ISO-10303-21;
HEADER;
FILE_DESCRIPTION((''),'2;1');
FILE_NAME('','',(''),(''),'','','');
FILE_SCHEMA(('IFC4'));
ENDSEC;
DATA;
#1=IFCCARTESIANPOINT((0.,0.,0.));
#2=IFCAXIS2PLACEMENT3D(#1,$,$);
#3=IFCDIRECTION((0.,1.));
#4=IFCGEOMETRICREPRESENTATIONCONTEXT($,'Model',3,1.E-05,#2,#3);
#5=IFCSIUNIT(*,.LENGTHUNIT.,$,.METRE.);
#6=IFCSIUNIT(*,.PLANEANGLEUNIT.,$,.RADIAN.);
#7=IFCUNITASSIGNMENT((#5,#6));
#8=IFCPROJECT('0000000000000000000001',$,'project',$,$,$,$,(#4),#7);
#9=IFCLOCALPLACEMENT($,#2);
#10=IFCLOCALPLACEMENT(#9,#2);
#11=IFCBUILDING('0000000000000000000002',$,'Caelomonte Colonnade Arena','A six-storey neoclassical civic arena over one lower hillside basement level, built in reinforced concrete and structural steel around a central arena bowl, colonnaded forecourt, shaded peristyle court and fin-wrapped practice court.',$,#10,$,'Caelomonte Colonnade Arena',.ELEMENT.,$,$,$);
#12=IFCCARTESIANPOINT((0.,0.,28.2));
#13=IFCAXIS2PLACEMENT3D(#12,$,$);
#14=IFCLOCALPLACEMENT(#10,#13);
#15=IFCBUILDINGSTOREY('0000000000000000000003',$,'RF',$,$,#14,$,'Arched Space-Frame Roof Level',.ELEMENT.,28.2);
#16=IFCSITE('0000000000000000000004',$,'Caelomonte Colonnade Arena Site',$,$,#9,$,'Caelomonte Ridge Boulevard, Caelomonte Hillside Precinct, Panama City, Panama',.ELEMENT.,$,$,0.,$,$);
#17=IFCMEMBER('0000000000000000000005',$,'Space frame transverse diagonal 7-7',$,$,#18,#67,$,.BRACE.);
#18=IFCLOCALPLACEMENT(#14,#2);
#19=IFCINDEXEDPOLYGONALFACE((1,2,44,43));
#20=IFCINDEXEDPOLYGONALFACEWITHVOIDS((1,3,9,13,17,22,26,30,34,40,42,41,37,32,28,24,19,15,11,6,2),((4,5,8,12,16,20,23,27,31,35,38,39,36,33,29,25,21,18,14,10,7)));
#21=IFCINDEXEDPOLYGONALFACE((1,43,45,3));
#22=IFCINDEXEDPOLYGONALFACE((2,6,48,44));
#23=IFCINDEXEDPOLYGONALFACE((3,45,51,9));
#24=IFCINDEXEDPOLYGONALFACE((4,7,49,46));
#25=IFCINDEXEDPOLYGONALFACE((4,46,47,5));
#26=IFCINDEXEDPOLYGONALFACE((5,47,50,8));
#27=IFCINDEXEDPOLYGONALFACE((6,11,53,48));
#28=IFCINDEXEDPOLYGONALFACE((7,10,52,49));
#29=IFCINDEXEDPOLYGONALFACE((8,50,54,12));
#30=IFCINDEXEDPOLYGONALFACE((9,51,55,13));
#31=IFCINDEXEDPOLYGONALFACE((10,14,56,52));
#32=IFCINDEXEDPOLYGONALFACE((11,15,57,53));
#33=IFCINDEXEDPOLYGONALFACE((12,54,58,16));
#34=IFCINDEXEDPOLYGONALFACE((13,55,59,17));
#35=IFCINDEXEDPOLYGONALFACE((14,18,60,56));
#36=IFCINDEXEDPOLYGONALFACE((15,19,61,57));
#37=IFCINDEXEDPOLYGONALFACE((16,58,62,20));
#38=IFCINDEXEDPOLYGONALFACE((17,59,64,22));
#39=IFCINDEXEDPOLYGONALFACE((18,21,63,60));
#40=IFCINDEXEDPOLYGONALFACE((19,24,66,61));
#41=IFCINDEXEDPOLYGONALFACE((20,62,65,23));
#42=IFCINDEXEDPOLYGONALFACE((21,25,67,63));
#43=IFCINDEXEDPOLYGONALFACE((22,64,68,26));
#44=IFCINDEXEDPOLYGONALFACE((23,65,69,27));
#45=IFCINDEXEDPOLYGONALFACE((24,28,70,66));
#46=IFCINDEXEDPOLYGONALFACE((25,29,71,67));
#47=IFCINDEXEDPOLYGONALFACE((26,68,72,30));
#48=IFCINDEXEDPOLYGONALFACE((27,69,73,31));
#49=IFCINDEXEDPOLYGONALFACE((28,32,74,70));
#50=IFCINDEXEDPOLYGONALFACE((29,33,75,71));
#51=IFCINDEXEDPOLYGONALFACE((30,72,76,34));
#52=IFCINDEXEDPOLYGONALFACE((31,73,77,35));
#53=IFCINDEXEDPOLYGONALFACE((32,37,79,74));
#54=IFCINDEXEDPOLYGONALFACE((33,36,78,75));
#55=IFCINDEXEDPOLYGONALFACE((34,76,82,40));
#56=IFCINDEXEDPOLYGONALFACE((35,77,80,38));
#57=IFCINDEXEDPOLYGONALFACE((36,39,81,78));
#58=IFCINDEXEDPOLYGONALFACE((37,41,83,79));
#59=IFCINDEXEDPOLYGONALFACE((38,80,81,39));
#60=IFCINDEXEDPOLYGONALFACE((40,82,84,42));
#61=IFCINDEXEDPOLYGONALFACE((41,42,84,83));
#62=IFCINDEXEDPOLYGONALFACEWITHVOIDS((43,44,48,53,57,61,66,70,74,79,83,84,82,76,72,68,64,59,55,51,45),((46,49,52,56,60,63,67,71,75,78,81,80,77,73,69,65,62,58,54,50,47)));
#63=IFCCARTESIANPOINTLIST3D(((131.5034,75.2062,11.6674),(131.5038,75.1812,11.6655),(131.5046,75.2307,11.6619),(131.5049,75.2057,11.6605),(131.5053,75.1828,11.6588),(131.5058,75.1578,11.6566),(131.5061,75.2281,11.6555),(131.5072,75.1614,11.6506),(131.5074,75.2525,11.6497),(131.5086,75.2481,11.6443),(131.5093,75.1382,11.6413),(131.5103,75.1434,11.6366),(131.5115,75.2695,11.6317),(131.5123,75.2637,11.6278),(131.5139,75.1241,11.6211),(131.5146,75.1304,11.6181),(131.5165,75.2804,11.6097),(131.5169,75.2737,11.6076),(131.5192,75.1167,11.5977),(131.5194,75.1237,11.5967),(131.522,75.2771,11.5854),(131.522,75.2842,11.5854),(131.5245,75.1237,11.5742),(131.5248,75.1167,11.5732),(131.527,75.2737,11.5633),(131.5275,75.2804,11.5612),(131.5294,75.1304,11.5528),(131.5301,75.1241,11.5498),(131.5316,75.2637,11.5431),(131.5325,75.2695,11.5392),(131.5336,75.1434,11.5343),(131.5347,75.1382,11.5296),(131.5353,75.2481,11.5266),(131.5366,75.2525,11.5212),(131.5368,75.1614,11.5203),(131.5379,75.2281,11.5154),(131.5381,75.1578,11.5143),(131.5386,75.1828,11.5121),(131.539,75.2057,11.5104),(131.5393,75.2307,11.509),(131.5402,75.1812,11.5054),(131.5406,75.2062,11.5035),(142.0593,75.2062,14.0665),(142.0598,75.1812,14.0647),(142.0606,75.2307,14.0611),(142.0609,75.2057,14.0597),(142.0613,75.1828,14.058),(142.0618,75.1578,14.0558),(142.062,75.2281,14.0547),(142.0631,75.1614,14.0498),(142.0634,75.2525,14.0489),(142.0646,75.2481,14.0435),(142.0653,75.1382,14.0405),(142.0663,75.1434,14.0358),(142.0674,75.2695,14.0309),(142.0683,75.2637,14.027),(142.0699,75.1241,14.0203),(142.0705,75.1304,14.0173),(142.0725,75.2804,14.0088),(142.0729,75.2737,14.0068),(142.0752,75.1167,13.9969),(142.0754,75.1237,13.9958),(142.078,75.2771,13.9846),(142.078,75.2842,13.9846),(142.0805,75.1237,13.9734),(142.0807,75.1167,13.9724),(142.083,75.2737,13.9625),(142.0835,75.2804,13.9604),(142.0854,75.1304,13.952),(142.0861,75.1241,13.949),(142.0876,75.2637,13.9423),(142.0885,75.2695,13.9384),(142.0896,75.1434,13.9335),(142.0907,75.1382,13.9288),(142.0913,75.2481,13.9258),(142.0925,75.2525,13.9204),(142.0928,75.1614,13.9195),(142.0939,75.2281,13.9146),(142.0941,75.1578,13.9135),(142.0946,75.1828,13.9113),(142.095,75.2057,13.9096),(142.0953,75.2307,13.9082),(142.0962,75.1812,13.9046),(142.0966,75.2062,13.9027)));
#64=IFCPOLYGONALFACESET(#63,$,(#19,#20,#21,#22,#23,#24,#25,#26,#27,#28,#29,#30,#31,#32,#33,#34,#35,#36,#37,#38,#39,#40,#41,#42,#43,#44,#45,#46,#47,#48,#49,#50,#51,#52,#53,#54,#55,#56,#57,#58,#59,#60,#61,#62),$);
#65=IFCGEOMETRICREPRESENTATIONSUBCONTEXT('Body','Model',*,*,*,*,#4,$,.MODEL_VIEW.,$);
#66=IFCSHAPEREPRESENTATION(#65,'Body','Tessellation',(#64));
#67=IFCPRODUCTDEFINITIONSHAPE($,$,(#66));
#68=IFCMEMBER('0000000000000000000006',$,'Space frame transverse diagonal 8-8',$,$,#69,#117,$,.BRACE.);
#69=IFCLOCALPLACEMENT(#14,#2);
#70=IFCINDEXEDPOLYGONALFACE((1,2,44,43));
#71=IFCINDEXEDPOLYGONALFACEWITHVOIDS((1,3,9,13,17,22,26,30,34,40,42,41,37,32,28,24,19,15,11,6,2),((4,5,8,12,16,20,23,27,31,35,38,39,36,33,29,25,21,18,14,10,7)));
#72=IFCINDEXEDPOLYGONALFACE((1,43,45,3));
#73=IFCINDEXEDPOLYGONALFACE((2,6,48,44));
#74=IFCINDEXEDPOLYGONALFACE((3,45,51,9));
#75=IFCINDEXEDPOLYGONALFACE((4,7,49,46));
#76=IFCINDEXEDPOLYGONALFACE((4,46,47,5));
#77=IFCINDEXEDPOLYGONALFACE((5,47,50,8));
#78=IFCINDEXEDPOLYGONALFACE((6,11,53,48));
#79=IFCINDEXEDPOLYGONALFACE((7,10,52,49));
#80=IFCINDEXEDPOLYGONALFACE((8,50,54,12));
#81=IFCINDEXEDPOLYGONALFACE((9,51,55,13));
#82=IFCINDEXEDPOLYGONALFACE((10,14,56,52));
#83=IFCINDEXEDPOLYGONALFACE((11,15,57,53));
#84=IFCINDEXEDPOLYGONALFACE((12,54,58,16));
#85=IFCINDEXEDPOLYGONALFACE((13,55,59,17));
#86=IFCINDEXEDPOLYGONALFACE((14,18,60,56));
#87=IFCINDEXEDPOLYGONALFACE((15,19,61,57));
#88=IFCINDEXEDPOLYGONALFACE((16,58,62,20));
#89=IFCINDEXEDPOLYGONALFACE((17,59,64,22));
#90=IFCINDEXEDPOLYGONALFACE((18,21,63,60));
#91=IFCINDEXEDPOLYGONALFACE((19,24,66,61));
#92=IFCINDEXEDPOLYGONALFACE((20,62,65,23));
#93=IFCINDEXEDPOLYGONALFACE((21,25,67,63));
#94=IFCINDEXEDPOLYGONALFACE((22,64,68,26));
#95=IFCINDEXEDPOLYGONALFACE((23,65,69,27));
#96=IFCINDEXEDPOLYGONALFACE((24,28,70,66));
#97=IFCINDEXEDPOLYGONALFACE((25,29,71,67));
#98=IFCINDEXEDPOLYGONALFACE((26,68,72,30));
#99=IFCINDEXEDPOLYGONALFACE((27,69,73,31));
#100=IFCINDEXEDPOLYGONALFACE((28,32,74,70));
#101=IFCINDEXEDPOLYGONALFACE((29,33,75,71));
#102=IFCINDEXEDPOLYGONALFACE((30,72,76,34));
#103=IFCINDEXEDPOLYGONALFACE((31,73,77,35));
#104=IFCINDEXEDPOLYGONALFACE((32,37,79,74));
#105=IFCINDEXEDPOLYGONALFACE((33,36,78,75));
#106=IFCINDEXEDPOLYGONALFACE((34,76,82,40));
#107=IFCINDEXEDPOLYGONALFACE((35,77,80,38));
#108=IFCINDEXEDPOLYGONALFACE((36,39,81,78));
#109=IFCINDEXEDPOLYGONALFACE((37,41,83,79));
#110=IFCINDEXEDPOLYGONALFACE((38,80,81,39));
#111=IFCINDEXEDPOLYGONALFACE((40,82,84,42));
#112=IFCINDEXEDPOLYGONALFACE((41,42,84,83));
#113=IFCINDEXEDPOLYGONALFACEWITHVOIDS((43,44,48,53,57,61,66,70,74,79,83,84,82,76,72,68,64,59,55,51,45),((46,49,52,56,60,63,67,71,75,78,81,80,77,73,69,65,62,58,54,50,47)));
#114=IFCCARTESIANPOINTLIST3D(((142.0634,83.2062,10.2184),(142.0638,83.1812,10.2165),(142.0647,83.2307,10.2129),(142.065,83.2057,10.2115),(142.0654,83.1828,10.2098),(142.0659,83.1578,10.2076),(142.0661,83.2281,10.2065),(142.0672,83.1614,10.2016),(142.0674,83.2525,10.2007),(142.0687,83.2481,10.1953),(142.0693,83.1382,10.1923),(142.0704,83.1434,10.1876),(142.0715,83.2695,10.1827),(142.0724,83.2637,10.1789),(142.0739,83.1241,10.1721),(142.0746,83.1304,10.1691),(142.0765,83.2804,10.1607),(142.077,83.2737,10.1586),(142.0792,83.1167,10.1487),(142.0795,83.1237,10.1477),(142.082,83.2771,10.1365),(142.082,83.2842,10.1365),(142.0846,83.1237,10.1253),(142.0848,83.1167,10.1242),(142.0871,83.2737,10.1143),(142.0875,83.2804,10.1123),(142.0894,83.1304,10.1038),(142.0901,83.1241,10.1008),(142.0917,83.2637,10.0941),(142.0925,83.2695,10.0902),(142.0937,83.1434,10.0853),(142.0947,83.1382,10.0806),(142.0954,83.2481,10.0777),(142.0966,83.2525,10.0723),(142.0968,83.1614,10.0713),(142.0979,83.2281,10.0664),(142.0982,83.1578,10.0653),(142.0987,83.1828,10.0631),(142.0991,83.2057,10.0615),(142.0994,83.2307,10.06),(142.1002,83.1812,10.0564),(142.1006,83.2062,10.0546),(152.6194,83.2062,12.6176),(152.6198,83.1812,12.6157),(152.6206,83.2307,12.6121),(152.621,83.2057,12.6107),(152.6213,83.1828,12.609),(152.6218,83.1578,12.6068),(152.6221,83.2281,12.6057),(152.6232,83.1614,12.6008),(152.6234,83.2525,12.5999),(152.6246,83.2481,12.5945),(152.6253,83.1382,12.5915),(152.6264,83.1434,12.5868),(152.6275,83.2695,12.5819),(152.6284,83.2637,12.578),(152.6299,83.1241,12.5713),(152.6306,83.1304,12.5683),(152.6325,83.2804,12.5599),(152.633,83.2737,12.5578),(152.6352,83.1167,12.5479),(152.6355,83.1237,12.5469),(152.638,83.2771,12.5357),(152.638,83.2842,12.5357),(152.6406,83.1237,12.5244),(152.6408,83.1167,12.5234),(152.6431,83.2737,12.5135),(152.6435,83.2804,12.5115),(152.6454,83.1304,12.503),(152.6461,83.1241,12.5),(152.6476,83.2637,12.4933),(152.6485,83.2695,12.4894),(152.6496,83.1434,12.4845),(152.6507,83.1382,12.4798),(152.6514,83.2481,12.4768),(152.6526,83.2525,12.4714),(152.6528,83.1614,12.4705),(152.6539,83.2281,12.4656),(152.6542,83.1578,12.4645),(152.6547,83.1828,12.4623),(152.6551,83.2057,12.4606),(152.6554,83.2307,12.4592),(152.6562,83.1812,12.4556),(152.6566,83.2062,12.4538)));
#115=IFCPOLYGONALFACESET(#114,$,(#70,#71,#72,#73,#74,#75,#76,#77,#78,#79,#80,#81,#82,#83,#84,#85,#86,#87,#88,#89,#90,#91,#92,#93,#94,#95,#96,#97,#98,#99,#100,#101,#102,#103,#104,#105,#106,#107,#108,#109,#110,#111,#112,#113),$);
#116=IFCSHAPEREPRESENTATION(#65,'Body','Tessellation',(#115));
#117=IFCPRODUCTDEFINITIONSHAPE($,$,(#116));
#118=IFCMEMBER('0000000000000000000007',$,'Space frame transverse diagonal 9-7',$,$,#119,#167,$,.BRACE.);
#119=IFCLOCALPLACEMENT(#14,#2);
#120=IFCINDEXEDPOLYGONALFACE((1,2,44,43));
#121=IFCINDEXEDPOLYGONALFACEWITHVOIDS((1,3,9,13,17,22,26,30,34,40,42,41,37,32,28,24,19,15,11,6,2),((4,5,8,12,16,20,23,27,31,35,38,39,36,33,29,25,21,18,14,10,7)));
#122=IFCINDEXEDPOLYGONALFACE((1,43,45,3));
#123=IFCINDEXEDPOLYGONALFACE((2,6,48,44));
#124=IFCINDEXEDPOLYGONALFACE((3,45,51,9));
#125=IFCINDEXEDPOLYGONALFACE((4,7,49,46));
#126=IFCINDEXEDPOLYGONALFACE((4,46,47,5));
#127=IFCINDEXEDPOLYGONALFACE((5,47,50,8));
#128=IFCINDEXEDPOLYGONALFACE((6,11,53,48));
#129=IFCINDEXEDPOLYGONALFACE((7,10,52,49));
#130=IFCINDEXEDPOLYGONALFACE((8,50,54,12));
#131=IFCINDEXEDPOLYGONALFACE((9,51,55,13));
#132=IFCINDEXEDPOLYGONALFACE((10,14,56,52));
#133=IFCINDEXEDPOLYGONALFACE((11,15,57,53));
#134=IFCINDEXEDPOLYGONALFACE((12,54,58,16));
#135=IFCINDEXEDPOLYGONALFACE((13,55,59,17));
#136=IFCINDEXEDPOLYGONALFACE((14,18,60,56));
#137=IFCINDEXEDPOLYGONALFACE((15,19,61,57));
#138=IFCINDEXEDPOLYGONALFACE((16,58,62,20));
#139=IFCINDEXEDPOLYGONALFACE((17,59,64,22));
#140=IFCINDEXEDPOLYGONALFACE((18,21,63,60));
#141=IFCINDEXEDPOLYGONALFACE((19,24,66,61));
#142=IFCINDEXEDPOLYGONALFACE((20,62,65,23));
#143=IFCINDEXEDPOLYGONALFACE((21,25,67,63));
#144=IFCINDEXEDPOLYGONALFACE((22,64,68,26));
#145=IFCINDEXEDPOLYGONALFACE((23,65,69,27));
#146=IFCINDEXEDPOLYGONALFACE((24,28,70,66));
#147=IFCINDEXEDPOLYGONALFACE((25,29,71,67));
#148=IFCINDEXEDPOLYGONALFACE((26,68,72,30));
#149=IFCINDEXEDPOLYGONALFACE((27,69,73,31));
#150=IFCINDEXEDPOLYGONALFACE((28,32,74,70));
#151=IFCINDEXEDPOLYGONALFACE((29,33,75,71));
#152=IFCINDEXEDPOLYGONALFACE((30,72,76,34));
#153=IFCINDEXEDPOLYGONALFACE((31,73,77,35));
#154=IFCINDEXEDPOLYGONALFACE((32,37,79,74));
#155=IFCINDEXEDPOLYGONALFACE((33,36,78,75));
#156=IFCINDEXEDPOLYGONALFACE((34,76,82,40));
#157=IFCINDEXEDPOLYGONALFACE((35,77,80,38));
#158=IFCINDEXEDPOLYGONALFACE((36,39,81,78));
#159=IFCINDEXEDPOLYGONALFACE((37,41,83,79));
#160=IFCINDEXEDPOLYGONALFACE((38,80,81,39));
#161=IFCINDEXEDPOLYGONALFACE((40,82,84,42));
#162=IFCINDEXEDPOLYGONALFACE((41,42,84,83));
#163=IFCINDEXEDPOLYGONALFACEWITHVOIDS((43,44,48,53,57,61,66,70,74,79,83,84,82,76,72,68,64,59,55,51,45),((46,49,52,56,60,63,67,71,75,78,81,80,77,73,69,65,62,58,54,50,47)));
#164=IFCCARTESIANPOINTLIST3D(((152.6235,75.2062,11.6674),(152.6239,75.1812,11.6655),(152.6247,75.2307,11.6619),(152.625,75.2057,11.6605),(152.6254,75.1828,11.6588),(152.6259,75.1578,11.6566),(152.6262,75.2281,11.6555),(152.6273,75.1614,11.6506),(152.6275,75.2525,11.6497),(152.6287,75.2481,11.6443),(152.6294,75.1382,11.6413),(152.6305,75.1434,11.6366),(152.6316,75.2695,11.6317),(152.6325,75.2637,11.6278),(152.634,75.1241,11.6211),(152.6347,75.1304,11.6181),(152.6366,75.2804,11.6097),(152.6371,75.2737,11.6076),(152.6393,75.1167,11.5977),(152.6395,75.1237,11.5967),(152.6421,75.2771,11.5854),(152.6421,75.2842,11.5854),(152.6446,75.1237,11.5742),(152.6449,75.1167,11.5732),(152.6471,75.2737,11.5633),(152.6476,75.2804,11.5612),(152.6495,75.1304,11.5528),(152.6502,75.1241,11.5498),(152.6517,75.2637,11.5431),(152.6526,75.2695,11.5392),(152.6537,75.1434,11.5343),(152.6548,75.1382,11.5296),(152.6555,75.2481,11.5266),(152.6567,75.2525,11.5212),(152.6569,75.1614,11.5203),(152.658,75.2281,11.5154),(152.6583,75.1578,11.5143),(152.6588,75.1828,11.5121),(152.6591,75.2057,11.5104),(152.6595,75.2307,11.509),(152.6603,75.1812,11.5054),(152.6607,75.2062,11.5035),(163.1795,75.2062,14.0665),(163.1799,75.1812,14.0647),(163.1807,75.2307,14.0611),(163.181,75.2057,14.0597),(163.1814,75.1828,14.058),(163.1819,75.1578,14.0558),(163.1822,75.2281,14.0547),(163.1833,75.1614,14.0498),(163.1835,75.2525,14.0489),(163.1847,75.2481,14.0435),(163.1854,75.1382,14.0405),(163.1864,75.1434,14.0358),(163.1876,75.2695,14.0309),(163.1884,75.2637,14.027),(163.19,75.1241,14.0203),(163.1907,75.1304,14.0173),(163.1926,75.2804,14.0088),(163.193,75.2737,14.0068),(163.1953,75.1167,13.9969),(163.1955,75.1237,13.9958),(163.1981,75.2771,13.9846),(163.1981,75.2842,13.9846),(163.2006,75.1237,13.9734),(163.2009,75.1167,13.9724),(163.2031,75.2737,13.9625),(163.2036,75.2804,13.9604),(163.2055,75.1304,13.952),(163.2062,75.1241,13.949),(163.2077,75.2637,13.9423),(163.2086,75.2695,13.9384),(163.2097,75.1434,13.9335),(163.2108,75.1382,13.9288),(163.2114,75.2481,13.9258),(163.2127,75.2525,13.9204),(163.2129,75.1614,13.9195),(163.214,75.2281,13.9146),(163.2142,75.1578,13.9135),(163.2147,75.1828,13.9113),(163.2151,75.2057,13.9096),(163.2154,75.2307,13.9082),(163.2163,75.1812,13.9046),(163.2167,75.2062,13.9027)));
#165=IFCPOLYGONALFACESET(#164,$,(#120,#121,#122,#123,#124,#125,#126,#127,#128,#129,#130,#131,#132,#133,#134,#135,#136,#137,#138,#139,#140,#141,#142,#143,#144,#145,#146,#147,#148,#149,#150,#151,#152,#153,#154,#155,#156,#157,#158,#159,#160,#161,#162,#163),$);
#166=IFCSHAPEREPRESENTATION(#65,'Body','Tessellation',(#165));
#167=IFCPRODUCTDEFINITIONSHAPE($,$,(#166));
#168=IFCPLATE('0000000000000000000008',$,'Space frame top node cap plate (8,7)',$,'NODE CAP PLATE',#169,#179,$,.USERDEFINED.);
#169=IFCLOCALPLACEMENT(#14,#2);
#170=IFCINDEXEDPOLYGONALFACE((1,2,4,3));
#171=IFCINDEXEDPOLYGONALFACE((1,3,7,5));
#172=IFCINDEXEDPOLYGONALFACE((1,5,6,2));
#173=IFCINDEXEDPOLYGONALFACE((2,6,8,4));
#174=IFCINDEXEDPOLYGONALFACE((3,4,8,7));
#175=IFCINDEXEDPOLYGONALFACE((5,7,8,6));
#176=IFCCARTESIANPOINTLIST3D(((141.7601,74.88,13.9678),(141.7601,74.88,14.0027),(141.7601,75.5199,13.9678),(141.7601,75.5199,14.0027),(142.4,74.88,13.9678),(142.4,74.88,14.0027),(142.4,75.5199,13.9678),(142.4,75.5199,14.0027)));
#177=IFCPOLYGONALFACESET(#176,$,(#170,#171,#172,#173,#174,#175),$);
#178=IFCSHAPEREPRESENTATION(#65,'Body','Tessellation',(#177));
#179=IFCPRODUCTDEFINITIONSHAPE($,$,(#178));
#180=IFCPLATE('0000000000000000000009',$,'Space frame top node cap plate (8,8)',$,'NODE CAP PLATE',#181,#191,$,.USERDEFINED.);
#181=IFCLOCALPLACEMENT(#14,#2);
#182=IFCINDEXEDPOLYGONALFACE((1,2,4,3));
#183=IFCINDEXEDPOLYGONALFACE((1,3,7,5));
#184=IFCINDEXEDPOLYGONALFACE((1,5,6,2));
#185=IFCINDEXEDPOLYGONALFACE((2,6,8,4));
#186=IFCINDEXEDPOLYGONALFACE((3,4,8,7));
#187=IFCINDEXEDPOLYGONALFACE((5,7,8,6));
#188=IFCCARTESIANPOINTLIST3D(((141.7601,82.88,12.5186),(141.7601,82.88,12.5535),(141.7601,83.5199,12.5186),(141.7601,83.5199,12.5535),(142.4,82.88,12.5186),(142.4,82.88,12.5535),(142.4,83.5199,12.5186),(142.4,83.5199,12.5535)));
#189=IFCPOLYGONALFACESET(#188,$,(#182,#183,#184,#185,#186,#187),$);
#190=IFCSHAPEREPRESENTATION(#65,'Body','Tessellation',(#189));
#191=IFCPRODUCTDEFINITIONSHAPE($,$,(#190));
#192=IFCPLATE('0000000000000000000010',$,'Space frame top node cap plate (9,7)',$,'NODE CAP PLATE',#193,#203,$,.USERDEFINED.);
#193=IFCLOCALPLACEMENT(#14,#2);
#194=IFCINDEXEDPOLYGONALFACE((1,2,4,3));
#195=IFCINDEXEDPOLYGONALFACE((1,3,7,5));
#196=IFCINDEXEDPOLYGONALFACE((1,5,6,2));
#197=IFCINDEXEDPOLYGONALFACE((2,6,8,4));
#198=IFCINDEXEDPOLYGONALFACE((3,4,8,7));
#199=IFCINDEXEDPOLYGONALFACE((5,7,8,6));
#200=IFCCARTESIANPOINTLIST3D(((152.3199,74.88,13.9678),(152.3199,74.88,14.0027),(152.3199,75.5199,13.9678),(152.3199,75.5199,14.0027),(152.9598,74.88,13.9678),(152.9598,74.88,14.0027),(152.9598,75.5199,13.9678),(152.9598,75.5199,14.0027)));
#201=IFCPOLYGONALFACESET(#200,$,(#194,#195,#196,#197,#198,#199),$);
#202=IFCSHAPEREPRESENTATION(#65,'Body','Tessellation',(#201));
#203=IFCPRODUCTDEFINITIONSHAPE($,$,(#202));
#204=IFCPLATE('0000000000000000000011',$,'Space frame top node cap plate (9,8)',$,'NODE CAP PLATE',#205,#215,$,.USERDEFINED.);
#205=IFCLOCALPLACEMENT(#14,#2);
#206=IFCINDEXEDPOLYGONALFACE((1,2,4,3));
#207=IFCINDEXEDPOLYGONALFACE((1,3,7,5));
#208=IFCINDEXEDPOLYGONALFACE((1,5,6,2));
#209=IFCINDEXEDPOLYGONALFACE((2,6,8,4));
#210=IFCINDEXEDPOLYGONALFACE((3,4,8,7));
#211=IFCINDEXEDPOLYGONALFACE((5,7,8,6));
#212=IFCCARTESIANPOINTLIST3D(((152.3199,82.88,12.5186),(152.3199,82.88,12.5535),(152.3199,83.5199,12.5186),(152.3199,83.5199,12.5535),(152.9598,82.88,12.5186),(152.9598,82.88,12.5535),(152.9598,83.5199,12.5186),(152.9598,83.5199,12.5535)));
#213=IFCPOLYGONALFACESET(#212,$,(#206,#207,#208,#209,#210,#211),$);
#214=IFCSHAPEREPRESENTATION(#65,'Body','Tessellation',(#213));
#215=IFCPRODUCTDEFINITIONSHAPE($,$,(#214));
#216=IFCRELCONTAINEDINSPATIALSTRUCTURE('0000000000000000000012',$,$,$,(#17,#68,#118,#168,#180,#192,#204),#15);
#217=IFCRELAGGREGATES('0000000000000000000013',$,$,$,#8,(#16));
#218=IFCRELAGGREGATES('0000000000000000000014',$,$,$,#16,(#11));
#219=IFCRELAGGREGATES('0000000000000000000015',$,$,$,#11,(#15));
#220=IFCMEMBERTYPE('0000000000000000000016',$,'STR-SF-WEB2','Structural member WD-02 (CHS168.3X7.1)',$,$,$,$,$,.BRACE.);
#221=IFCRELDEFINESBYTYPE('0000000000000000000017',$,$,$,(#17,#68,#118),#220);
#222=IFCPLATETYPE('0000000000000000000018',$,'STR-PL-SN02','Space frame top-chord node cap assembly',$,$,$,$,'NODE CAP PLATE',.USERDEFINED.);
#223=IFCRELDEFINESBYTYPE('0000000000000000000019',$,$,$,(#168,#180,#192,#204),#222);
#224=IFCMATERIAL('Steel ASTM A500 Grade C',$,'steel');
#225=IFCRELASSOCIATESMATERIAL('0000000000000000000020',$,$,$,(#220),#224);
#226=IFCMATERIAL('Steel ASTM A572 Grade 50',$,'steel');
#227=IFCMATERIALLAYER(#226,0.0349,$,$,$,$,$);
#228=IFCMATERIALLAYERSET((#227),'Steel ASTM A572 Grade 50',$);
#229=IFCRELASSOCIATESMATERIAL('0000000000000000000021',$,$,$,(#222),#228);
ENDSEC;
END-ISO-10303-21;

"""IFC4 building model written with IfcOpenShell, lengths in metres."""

from ifc_helpers import new_model, si_unit, direction, frame, origin, origin_2d, place, context, subcontext, project, spatial, rectangle, hollow_circle, extrude, material, layer, layer_set, material_profile, profile_set, type_object, element, save


model = new_model("IFC4")

# Units and contexts
model_context = context("Model", 3, precision=1e-05, world=origin(), true_north=direction((0.0, 1.0)))
body_context = subcontext(model_context, "Body", "Model", "MODEL_VIEW")
ifc_project = project(units=[si_unit("LENGTHUNIT", "METRE"), si_unit("PLANEANGLEUNIT", "RADIAN")], contexts=[model_context])

# Site, building, storey
site_placement = place(None, origin())
site = spatial("IfcSite", under=ifc_project, at=site_placement, Name="Caelomonte Colonnade Arena Site", LongName="Caelomonte Ridge Boulevard, Caelomonte Hillside Precinct, Panama City, Panama", CompositionType="ELEMENT", RefElevation=0.0)
building_placement = place(site_placement, origin())
building = spatial("IfcBuilding", under=site, at=building_placement, Name="Caelomonte Colonnade Arena", Description="A six-storey neoclassical civic arena over one lower hillside basement level, built in reinforced concrete and structural steel around a central arena bowl, colonnaded forecourt, shaded peristyle court and fin-wrapped practice court.", LongName="Caelomonte Colonnade Arena", CompositionType="ELEMENT")
storey_placement = place(building_placement, frame((0.0, 0.0, 28.2)))
storey = spatial("IfcBuildingStorey", under=building, at=storey_placement, Name="RF", LongName="Arched Space-Frame Roof Level", CompositionType="ELEMENT", Elevation=28.2)

# Members
ifc_material_1 = material(Name="Steel ASTM A500 Grade C", Category="steel")
ifc_material_profile_1 = material_profile(ifc_material_1, hollow_circle(Radius=0.0842, WallThickness=0.0071, at=origin_2d()), Name="CHS168.3X7.1")
ifc_profile_set_1 = profile_set([ifc_material_profile_1], Name="Steel ASTM A500 Grade C")
member_type_1 = type_object("IfcMemberType", Name="STR-SF-WEB2", Description="Structural member WD-02 (CHS168.3X7.1)", PredefinedType="BRACE", material=ifc_profile_set_1)
for number, where, z_axis, x_axis, name in (
    (1, (131.522, 75.2, 11.5854), (0.975131, 0.0, 0.22163), (0.0, 1.0, 0.0), "Space frame transverse diagonal 7-7"),
    (2, (142.082, 83.2, 10.1365), (0.975131, 0.0, 0.22163), (0.0, 1.0, 0.0), "Space frame transverse diagonal 8-8"),
    (3, (152.6421, 75.2, 11.5854), (0.975131, 0.0, 0.22163), (0.0, 1.0, 0.0), "Space frame transverse diagonal 9-7"),
):
    element("IfcMember", number, at=place(storey_placement, frame(where, z_axis=z_axis, x_axis=x_axis)), inside=storey, type_object=member_type_1, Name=name, PredefinedType="BRACE", context=body_context, shape_type="SweptSolid", body=[
        extrude(hollow_circle(Radius=0.0842, WallThickness=0.0071, at=origin_2d()), origin(), (0.0, 0.0, 1.0), 10.8252),
    ])

# Plates
ifc_material_2 = material(Name="Steel ASTM A572 Grade 50", Category="steel")
ifc_layer_1 = layer(ifc_material_2, 0.0349)
ifc_layer_set_1 = layer_set([ifc_layer_1], Name="Steel ASTM A572 Grade 50")
plate_type_1 = type_object("IfcPlateType", Name="STR-PL-SN02", Description="Space frame top-chord node cap assembly", ElementType="NODE CAP PLATE", PredefinedType="USERDEFINED", material=ifc_layer_set_1)
for number, where, z_axis, x_axis, name in (
    (4, (142.0801, 75.2, 13.9678), (0.0, 0.0, 1.0), (1.0, 0.0, 0.0), "Space frame top node cap plate (8,7)"),
    (5, (142.0801, 83.2, 12.5186), (0.0, 0.0, 1.0), (1.0, 0.0, 0.0), "Space frame top node cap plate (8,8)"),
    (6, (152.6399, 75.2, 13.9678), (0.0, 0.0, 1.0), (1.0, 0.0, 0.0), "Space frame top node cap plate (9,7)"),
    (7, (152.6399, 83.2, 12.5186), (0.0, 0.0, 1.0), (1.0, 0.0, 0.0), "Space frame top node cap plate (9,8)"),
):
    element("IfcPlate", number, at=place(storey_placement, frame(where, z_axis=z_axis, x_axis=x_axis)), inside=storey, type_object=plate_type_1, Name=name, ObjectType="NODE CAP PLATE", PredefinedType="USERDEFINED", context=body_context, shape_type="SweptSolid", body=[
        extrude(rectangle(XDim=0.6399, YDim=0.6399, at=origin_2d()), origin(), (0.0, 0.0, 1.0), 0.0349),
    ])

save(model, "model.ifc")
